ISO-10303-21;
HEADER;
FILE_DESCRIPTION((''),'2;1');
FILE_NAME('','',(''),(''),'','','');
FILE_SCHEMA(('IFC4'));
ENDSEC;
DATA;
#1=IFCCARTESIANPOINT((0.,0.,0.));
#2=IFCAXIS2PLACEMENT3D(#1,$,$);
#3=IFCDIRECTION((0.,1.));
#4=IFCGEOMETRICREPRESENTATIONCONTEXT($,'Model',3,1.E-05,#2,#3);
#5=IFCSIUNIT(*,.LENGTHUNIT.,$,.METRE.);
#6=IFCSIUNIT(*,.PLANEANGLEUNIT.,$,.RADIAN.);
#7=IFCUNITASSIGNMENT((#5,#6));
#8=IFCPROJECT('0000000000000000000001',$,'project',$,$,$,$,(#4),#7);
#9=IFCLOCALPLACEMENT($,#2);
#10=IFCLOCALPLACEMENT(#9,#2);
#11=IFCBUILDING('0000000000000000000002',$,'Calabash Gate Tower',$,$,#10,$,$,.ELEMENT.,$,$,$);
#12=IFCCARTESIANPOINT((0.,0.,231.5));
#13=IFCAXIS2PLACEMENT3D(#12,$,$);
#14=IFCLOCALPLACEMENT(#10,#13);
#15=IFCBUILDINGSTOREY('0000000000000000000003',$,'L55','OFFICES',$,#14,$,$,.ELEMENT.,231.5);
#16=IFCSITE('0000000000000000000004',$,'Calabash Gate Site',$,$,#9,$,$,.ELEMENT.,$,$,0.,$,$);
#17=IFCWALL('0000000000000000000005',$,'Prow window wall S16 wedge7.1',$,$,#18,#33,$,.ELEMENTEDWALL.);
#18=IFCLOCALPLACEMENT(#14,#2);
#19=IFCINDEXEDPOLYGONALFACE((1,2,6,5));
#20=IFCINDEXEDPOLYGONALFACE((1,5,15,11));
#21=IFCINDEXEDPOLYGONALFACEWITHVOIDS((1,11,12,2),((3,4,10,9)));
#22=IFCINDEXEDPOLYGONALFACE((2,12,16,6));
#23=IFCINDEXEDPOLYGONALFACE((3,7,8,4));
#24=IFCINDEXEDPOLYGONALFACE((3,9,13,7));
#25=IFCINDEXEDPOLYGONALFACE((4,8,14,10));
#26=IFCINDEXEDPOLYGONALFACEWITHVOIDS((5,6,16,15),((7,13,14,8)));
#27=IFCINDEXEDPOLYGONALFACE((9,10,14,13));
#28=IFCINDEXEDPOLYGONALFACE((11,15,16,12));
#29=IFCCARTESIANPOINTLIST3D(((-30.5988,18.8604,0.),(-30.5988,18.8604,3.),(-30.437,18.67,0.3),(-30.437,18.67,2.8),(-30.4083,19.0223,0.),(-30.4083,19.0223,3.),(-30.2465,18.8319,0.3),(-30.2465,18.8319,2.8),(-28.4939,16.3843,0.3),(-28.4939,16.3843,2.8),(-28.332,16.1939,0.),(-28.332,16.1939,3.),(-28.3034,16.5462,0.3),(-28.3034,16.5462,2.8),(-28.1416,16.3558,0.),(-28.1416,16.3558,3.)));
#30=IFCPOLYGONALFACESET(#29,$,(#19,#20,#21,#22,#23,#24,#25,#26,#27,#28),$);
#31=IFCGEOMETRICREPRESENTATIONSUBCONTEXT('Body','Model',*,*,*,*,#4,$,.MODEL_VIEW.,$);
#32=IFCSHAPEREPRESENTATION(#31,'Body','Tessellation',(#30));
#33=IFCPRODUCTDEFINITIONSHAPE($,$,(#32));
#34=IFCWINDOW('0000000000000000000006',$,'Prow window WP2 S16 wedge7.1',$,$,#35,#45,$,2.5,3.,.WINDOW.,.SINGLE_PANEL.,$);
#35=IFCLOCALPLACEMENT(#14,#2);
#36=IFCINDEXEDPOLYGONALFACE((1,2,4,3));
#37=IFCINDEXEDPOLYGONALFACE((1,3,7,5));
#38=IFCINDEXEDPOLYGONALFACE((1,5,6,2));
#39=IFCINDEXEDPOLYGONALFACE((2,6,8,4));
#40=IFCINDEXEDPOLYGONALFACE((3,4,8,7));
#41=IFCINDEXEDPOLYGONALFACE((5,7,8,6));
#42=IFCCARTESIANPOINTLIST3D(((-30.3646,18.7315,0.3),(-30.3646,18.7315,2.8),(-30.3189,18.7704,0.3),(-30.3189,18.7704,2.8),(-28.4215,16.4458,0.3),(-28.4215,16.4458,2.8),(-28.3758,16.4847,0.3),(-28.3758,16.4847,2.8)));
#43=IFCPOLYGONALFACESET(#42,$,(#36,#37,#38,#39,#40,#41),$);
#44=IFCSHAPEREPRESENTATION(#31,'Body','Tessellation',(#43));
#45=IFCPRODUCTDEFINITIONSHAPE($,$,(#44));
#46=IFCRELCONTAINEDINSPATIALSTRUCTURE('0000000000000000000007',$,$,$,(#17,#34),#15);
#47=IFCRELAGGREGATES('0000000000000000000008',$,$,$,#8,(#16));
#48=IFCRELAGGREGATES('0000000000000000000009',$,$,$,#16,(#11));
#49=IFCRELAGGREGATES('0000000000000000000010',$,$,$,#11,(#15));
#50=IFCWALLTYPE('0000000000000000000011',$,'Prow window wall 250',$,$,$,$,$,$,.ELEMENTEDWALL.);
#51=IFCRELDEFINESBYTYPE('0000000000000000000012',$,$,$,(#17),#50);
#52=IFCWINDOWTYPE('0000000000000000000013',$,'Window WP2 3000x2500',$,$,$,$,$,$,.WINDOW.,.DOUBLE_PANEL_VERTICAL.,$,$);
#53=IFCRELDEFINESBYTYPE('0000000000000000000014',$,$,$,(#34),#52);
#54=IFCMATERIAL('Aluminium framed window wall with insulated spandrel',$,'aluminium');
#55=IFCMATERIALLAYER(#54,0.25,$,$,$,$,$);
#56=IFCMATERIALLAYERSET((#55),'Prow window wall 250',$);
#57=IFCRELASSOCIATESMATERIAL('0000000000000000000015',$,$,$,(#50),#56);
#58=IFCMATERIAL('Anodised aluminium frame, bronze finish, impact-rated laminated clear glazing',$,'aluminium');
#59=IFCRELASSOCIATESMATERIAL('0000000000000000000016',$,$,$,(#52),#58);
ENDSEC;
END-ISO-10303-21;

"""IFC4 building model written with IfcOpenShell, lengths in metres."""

from ifc_helpers import new_model, si_unit, direction, frame, frame_2d, origin, place, context, subcontext, project, spatial, rectangle, extrude, material, layer, layer_set, type_object, element, fill, save


model = new_model("IFC4")

# Units and contexts
model_context = context("Model", 3, precision=1e-05, world=origin(), true_north=direction((0.0, 1.0)))
body_context = subcontext(model_context, "Body", "Model", "MODEL_VIEW")
ifc_project = project(units=[si_unit("LENGTHUNIT", "METRE"), si_unit("PLANEANGLEUNIT", "RADIAN")], contexts=[model_context])

# Site, building, storey
site_placement = place(None, origin())
site = spatial("IfcSite", under=ifc_project, at=site_placement, Name="Calabash Gate Site", CompositionType="ELEMENT", RefElevation=0.0)
building_placement = place(site_placement, origin())
building = spatial("IfcBuilding", under=site, at=building_placement, Name="Calabash Gate Tower", CompositionType="ELEMENT")
storey_placement = place(building_placement, frame((0.0, 0.0, 231.5)))
storey = spatial("IfcBuildingStorey", under=building, at=storey_placement, Name="L55", Description="OFFICES", CompositionType="ELEMENT", Elevation=231.5)

# Wall, opening, window
ifc_material_1 = material(Name="Aluminium framed window wall with insulated spandrel", Category="aluminium")
ifc_layer_1 = layer(ifc_material_1, 0.25)
ifc_layer_set_1 = layer_set([ifc_layer_1], Name="Prow window wall 250")
wall_type_1 = type_object("IfcWallType", Name="Prow window wall 250", PredefinedType="ELEMENTEDWALL", material=ifc_layer_set_1)
ifc_material_2 = material(Name="Anodised aluminium frame, bronze finish, impact-rated laminated clear glazing", Category="aluminium")
window_type = type_object("IfcWindowType", Name="Window WP2 3000x2500", PartitioningType="DOUBLE_PANEL_VERTICAL", PredefinedType="WINDOW", material=ifc_material_2)
wall_1_placement = place(storey_placement, frame((-30.5037, 18.9414, 0.0), z_axis=(0.0, 0.0, 1.0), x_axis=(0.647701, -0.761895, 0.0)))
wall_1 = element("IfcWall", 1, at=wall_1_placement, inside=storey, type_object=wall_type_1, Name="Prow window wall S16 wedge7.1", PredefinedType="ELEMENTEDWALL", context=body_context, shape_type="SweptSolid", body=[
    extrude(rectangle(XDim=3.4998, YDim=0.25, at=frame_2d((1.75, 0.0))), origin(), (0.0, 0.0, 1.0), 3.0),
])
opening_1_placement = place(wall_1_placement, frame((0.25, 0.0, 0.3)))
opening_1 = element("IfcOpeningElement", 2, at=opening_1_placement, cuts=wall_1, PredefinedType="OPENING", context=body_context, shape_type="SweptSolid", body=[
    extrude(rectangle(XDim=3.0, YDim=2.5, at=frame_2d((1.5, 1.25))), frame((0.0, 0.135, 0.0), z_axis=(0.0, -1.0, 0.0), x_axis=(1.0, 0.0, 0.0)), (0.0, 0.0, 1.0), 0.27),
])
window_1_placement = place(opening_1_placement, origin())
window_1 = element("IfcWindow", 3, at=window_1_placement, inside=storey, type_object=window_type, Name="Prow window WP2 S16 wedge7.1", OverallHeight=2.5, OverallWidth=3.0, PartitioningType="SINGLE_PANEL", PredefinedType="WINDOW", context=body_context, shape_type="SweptSolid", body=[
    extrude(rectangle(XDim=3.0, YDim=2.5, at=frame_2d((1.5, 1.25))), frame((0.0, 0.03, 0.0), z_axis=(0.0, -1.0, 0.0), x_axis=(1.0, 0.0, 0.0)), (0.0, 0.0, 1.0), 0.0601),
])
fill(opening_1, window_1)

save(model, "model.ifc")
